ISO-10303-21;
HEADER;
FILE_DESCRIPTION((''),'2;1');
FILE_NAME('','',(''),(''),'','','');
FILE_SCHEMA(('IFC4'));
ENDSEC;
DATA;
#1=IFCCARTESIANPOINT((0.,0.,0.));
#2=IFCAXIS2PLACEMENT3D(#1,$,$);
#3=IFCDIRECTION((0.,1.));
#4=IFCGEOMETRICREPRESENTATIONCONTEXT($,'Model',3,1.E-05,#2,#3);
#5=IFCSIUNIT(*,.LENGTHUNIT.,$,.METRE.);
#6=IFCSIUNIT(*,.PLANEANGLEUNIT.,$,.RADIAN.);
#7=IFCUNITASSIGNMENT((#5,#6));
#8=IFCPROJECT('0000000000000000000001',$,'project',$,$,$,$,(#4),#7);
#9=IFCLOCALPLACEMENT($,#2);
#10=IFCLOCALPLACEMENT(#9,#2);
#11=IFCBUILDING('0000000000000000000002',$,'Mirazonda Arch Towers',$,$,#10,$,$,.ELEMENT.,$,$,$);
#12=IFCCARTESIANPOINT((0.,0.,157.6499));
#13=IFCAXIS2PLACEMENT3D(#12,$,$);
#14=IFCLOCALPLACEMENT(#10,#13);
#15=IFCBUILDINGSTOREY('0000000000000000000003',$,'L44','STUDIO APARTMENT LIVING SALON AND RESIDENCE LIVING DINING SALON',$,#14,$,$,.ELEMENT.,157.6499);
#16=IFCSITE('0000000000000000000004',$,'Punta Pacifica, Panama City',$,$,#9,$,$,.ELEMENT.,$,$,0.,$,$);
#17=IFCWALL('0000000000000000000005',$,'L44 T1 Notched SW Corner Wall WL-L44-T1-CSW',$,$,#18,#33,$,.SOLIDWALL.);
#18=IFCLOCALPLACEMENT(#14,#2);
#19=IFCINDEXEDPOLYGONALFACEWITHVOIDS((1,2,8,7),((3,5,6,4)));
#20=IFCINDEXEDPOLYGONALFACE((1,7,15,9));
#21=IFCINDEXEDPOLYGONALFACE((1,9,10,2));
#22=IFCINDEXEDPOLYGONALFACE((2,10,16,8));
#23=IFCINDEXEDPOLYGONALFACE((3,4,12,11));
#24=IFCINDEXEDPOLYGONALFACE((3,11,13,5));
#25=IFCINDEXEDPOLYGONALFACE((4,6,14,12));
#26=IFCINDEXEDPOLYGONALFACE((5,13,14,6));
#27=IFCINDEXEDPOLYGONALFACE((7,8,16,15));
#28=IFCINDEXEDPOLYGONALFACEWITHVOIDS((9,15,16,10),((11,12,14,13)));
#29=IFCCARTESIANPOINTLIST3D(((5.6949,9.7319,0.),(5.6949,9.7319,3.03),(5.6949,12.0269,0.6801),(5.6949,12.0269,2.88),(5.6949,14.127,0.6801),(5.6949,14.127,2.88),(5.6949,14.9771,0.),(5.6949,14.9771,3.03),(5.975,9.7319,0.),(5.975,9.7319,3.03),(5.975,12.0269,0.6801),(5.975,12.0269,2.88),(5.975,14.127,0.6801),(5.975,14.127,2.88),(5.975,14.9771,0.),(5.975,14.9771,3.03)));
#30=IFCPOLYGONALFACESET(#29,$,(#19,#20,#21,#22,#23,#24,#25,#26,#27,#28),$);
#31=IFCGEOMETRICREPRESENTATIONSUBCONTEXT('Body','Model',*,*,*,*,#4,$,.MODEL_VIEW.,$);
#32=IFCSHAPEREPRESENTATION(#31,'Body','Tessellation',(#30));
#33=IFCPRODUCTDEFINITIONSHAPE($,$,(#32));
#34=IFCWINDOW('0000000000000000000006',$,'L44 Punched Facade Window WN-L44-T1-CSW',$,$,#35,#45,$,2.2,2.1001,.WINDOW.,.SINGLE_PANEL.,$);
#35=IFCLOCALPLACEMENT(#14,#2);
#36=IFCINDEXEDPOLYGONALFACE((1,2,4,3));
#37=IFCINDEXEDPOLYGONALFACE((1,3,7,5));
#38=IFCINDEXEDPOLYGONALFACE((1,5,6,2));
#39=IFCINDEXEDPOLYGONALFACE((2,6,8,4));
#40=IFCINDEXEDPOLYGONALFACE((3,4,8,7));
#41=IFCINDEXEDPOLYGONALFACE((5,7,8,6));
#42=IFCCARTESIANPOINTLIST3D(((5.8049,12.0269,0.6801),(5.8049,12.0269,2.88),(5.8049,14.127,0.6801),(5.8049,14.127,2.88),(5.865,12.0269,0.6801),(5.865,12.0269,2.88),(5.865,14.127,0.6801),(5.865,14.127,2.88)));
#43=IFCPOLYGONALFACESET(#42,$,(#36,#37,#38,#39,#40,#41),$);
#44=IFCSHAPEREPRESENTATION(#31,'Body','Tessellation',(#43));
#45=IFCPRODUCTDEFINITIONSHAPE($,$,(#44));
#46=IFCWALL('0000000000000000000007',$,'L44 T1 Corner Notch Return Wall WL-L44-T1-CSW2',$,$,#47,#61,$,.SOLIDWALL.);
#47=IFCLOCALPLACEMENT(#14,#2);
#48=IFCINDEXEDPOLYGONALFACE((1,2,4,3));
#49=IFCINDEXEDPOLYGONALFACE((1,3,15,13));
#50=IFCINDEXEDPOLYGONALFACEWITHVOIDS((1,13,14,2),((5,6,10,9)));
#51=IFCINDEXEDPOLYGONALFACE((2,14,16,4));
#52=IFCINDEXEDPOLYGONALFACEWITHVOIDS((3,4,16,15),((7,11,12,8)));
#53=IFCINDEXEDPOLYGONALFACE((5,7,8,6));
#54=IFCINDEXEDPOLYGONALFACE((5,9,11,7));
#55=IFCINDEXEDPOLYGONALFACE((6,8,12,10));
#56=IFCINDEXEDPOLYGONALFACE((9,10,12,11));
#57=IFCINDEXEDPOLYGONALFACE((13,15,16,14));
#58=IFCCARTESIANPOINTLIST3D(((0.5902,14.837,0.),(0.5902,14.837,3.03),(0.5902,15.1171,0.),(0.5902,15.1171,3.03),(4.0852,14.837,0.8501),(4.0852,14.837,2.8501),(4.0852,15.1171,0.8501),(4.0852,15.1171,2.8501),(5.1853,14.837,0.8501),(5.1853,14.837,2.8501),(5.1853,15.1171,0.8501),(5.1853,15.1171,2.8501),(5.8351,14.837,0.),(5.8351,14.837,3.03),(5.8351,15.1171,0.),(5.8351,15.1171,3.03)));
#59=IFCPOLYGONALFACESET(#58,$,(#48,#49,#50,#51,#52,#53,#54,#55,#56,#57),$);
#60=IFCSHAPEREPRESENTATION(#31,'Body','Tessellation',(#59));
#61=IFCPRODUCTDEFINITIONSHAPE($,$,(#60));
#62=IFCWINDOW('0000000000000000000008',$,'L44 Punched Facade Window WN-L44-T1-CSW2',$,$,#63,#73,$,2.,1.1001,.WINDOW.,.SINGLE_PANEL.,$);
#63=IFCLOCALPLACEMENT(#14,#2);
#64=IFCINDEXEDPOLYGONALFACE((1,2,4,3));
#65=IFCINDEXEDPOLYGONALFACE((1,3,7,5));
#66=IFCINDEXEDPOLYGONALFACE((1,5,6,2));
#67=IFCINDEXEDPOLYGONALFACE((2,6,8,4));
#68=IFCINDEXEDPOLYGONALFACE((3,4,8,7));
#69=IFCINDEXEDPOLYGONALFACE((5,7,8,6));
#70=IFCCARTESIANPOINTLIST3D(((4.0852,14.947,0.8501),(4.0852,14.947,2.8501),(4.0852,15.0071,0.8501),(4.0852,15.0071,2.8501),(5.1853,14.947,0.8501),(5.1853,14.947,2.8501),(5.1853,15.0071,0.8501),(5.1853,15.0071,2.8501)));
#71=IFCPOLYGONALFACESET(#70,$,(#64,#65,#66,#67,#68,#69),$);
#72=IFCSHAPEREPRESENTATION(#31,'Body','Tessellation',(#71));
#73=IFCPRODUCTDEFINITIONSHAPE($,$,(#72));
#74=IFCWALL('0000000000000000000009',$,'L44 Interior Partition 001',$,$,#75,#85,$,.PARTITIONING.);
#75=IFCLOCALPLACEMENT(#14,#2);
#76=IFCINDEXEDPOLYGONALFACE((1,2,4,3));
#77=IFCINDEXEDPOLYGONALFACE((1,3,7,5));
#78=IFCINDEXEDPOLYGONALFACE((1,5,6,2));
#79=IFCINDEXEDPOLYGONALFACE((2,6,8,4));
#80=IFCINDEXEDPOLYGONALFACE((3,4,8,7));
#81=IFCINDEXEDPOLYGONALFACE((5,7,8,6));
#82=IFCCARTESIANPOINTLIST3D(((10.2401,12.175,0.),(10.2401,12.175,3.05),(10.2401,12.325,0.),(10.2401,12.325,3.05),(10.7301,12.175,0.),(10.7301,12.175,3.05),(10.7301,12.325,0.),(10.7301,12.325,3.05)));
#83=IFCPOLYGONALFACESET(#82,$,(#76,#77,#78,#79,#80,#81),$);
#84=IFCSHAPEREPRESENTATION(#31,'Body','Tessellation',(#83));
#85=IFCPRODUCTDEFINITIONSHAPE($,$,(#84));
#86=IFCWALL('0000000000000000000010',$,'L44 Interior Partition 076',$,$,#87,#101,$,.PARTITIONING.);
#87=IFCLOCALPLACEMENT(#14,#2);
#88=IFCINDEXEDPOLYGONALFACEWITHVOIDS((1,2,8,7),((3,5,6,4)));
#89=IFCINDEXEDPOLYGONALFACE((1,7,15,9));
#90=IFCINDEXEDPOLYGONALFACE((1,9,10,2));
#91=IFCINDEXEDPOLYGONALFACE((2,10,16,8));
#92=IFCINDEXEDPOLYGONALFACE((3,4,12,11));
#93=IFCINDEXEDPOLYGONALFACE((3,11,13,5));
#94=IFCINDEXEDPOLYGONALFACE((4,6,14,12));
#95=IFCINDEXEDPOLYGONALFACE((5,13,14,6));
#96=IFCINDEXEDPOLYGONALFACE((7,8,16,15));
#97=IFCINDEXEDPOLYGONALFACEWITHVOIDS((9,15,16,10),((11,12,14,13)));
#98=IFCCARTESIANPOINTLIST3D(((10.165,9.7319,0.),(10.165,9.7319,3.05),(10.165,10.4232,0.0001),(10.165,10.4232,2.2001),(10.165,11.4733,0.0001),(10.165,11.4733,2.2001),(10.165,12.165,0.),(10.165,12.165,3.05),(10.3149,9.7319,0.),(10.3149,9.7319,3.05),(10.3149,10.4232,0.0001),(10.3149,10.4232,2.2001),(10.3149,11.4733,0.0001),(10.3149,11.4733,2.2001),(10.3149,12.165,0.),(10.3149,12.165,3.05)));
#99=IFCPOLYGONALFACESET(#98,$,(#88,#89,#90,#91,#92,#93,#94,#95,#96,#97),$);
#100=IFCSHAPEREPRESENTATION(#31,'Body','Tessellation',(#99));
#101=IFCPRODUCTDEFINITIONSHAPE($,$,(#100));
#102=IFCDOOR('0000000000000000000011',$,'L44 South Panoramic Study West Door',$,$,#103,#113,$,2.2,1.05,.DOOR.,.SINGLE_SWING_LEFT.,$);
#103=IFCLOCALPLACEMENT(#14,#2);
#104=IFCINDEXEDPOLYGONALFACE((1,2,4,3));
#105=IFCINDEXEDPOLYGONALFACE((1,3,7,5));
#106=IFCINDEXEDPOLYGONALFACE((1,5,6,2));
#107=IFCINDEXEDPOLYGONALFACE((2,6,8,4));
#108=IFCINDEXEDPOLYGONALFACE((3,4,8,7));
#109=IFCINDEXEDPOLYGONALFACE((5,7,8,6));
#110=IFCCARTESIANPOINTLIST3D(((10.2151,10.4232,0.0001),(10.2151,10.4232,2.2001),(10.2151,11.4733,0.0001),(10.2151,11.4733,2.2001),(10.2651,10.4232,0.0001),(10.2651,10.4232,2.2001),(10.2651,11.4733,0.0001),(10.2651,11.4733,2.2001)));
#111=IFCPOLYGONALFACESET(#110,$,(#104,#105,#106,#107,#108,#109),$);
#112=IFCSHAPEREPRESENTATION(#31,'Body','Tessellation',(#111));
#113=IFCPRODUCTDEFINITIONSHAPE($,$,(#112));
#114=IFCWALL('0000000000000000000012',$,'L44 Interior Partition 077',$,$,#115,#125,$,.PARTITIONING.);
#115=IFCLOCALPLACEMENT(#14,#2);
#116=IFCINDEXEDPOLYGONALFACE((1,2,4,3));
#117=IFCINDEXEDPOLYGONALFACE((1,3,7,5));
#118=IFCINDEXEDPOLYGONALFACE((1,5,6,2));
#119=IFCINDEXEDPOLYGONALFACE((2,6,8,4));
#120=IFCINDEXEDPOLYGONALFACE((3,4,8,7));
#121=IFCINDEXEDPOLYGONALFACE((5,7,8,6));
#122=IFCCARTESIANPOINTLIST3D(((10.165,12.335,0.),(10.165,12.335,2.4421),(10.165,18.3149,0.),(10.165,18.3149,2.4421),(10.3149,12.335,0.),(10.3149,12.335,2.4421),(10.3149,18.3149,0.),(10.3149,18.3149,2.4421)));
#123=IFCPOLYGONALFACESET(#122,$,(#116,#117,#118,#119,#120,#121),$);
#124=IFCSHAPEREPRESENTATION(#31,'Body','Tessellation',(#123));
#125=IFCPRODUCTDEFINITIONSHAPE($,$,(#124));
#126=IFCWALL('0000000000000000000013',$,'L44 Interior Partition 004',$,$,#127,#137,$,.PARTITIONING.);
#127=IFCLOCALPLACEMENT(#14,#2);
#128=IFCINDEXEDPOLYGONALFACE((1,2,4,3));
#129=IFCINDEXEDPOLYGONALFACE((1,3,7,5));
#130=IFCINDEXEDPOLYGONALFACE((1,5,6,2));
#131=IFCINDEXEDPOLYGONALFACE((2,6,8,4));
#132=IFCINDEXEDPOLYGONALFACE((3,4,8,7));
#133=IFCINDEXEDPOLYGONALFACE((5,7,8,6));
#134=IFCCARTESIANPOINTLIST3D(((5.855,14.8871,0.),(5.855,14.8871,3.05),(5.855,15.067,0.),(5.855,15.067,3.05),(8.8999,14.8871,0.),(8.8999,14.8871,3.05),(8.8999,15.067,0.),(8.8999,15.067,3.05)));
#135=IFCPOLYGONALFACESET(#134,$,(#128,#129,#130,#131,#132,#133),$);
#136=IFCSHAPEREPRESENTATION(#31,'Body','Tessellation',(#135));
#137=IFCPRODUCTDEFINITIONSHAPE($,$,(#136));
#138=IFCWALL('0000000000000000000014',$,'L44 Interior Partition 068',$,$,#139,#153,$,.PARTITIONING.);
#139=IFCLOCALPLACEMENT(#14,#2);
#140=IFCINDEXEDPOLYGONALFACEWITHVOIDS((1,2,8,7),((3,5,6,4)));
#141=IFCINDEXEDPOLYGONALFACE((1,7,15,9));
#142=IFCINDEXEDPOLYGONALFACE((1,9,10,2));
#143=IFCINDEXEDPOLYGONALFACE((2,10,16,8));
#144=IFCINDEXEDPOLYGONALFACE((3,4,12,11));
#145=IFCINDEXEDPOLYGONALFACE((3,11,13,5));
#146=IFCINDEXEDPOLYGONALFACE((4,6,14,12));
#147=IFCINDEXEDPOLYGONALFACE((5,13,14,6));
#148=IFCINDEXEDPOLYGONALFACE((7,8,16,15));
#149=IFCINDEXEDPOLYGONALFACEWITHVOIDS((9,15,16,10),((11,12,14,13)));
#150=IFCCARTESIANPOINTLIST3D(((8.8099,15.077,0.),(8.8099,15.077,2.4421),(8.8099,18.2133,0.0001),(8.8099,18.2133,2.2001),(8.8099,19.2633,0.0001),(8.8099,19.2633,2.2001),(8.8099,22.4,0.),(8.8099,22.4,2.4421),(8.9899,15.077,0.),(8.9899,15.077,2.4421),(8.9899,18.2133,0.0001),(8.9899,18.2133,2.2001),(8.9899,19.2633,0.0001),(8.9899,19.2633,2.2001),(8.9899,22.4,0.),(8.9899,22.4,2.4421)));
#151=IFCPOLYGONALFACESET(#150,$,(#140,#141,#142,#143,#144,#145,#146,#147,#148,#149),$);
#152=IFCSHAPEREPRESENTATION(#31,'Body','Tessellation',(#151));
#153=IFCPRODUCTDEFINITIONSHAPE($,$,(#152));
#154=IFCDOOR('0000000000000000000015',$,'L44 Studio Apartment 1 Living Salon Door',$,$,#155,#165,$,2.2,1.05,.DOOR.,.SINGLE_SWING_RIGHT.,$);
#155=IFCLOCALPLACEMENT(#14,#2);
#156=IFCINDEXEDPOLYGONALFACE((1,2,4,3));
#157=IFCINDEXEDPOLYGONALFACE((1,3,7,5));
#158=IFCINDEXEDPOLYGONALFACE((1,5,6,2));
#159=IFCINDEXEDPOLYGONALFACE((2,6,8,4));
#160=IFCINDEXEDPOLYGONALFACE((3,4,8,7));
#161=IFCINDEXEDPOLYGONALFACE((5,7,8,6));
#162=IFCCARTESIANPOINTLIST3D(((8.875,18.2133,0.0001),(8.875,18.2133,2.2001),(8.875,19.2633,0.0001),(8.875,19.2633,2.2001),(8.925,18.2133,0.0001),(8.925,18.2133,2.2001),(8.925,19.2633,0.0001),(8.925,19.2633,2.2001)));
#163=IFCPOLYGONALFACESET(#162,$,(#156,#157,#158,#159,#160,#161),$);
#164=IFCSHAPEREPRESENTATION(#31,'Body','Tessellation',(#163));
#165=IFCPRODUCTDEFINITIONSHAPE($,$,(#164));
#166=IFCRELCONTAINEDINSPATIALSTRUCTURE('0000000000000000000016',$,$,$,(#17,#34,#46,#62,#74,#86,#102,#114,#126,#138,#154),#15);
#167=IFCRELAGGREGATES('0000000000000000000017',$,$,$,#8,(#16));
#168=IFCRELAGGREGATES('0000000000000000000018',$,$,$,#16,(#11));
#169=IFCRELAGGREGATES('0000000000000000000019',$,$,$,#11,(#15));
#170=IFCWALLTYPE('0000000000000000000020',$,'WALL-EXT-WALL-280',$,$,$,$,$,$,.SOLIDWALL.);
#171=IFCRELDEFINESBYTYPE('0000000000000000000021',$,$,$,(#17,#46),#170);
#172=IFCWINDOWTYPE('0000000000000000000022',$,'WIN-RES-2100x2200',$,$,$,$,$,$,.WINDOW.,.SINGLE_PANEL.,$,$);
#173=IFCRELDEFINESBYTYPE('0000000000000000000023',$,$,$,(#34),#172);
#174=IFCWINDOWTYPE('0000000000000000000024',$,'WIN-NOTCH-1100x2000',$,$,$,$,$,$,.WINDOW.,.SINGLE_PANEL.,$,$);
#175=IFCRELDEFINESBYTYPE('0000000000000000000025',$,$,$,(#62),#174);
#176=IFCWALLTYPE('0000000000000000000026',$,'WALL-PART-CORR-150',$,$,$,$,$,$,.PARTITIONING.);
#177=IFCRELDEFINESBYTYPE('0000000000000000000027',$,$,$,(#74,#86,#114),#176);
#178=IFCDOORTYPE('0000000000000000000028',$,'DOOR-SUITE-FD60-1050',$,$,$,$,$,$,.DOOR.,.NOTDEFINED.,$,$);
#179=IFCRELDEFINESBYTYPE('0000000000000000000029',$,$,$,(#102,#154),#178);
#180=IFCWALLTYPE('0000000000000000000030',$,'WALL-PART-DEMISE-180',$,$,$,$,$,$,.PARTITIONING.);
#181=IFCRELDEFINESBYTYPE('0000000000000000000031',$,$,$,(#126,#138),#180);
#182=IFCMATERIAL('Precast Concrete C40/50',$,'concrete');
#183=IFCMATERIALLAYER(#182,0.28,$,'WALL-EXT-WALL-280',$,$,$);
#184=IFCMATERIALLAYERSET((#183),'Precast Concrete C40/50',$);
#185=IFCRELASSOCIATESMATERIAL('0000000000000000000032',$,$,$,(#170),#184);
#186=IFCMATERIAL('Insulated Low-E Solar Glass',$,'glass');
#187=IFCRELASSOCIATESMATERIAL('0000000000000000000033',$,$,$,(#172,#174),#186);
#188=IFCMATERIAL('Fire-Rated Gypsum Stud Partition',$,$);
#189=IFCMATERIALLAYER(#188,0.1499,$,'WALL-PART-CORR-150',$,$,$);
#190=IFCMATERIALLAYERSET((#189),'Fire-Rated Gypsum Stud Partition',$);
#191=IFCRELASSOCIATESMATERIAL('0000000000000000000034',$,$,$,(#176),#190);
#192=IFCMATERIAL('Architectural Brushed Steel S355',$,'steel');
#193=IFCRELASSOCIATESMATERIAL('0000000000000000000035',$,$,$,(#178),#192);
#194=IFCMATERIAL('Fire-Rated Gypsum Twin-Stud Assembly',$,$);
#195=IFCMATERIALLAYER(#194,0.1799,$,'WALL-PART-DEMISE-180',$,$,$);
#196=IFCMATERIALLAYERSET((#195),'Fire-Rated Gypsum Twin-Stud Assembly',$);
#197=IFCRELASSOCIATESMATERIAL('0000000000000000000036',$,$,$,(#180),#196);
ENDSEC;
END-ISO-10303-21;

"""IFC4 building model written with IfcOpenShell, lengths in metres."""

from ifc_helpers import new_model, si_unit, direction, frame, frame_2d, origin, place, context, subcontext, project, spatial, rectangle, extrude, material, layer, layer_set, type_object, element, fill, save


model = new_model("IFC4")

# Units and contexts
model_context = context("Model", 3, precision=1e-05, world=origin(), true_north=direction((0.0, 1.0)))
body_context = subcontext(model_context, "Body", "Model", "MODEL_VIEW")
ifc_project = project(units=[si_unit("LENGTHUNIT", "METRE"), si_unit("PLANEANGLEUNIT", "RADIAN")], contexts=[model_context])

# Site, building, storey
site_placement = place(None, origin())
site = spatial("IfcSite", under=ifc_project, at=site_placement, Name="Punta Pacifica, Panama City", CompositionType="ELEMENT", RefElevation=0.0)
building_placement = place(site_placement, origin())
building = spatial("IfcBuilding", under=site, at=building_placement, Name="Mirazonda Arch Towers", CompositionType="ELEMENT")
storey_placement = place(building_placement, frame((0.0, 0.0, 157.6499)))
storey = spatial("IfcBuildingStorey", under=building, at=storey_placement, Name="L44", Description="STUDIO APARTMENT LIVING SALON AND RESIDENCE LIVING DINING SALON", CompositionType="ELEMENT", Elevation=157.6499)

# Shared definitions
ifc_material_1 = material(Name="Insulated Low-E Solar Glass", Category="glass")

# Walls, openings, windows
ifc_material_2 = material(Name="Precast Concrete C40/50", Category="concrete")
ifc_layer_1 = layer(ifc_material_2, 0.28, Name="WALL-EXT-WALL-280")
ifc_layer_set_1 = layer_set([ifc_layer_1], Name="Precast Concrete C40/50")
wall_type_1 = type_object("IfcWallType", Name="WALL-EXT-WALL-280", PredefinedType="SOLIDWALL", material=ifc_layer_set_1)
wall_1_placement = place(storey_placement, frame((5.835, 14.9771, 0.0), z_axis=(0.0, 0.0, 1.0), x_axis=(0.0, -1.0, 0.0)))
wall_1 = element("IfcWall", 1, at=wall_1_placement, inside=storey, type_object=wall_type_1, Name="L44 T1 Notched SW Corner Wall WL-L44-T1-CSW", PredefinedType="SOLIDWALL", context=body_context, shape_type="SweptSolid", body=[
    extrude(rectangle(XDim=5.2451, YDim=0.28, at=frame_2d((2.6226, 0.0))), origin(), (0.0, 0.0, 1.0), 3.03),
])
opening_1_placement = place(wall_1_placement, frame((0.8501, 0.0, 0.6799)))
opening_1 = element("IfcOpeningElement", 2, at=opening_1_placement, cuts=wall_1, PredefinedType="OPENING", context=body_context, shape_type="SweptSolid", body=[
    extrude(rectangle(XDim=2.1001, YDim=2.2, at=frame_2d((1.05, 1.1001))), frame((0.0, 0.1499, 0.0), z_axis=(0.0, -1.0, 0.0), x_axis=(1.0, 0.0, 0.0)), (0.0, 0.0, 1.0), 0.3),
])
window_type_1 = type_object("IfcWindowType", Name="WIN-RES-2100x2200", PartitioningType="SINGLE_PANEL", PredefinedType="WINDOW", material=ifc_material_1)
window_1_placement = place(opening_1_placement, origin())
window_1 = element("IfcWindow", 3, at=window_1_placement, inside=storey, type_object=window_type_1, Name="L44 Punched Facade Window WN-L44-T1-CSW", OverallHeight=2.2, OverallWidth=2.1001, PartitioningType="SINGLE_PANEL", PredefinedType="WINDOW", context=body_context, shape_type="SweptSolid", body=[
    extrude(rectangle(XDim=2.1001, YDim=2.2, at=frame_2d((1.05, 1.1001))), frame((0.0, 0.03, 0.0), z_axis=(0.0, -1.0, 0.0), x_axis=(1.0, 0.0, 0.0)), (0.0, 0.0, 1.0), 0.0601),
])
fill(opening_1, window_1)
wall_2_placement = place(storey_placement, frame((0.5901, 14.9771, 0.0), z_axis=(0.0, 0.0, 1.0), x_axis=(1.0, 0.0, 0.0)))
wall_2 = element("IfcWall", 4, at=wall_2_placement, inside=storey, type_object=wall_type_1, Name="L44 T1 Corner Notch Return Wall WL-L44-T1-CSW2", PredefinedType="SOLIDWALL", context=body_context, shape_type="SweptSolid", body=[
    extrude(rectangle(XDim=5.2449, YDim=0.28, at=frame_2d((2.6226, 0.0))), origin(), (0.0, 0.0, 1.0), 3.03),
])
opening_2_placement = place(wall_2_placement, frame((3.4951, 0.0, 0.8501)))
opening_2 = element("IfcOpeningElement", 5, at=opening_2_placement, cuts=wall_2, PredefinedType="OPENING", context=body_context, shape_type="SweptSolid", body=[
    extrude(rectangle(XDim=1.1001, YDim=2.0, at=frame_2d((0.55, 1.0))), frame((0.0, 0.1499, 0.0), z_axis=(0.0, -1.0, 0.0), x_axis=(1.0, 0.0, 0.0)), (0.0, 0.0, 1.0), 0.3),
])
window_type_2 = type_object("IfcWindowType", Name="WIN-NOTCH-1100x2000", PartitioningType="SINGLE_PANEL", PredefinedType="WINDOW", material=ifc_material_1)
window_2_placement = place(opening_2_placement, origin())
window_2 = element("IfcWindow", 6, at=window_2_placement, inside=storey, type_object=window_type_2, Name="L44 Punched Facade Window WN-L44-T1-CSW2", OverallHeight=2.0, OverallWidth=1.1001, PartitioningType="SINGLE_PANEL", PredefinedType="WINDOW", context=body_context, shape_type="SweptSolid", body=[
    extrude(rectangle(XDim=1.1001, YDim=2.0, at=frame_2d((0.55, 1.0))), frame((0.0, 0.03, 0.0), z_axis=(0.0, -1.0, 0.0), x_axis=(1.0, 0.0, 0.0)), (0.0, 0.0, 1.0), 0.0601),
])
fill(opening_2, window_2)

# Wall
ifc_material_3 = material(Name="Fire-Rated Gypsum Stud Partition")
ifc_layer_2 = layer(ifc_material_3, 0.1499, Name="WALL-PART-CORR-150")
ifc_layer_set_2 = layer_set([ifc_layer_2], Name="Fire-Rated Gypsum Stud Partition")
wall_type_2 = type_object("IfcWallType", Name="WALL-PART-CORR-150", PredefinedType="PARTITIONING", material=ifc_layer_set_2)
wall_3_placement = place(storey_placement, frame((10.24, 12.25, 0.0), z_axis=(0.0, 0.0, 1.0), x_axis=(1.0, 0.0, 0.0)))
element("IfcWall", 7, at=wall_3_placement, inside=storey, type_object=wall_type_2, Name="L44 Interior Partition 001", PredefinedType="PARTITIONING", context=body_context, shape_type="SweptSolid", body=[
    extrude(rectangle(XDim=0.49, YDim=0.1499, at=frame_2d((0.2451, 0.0))), origin(), (0.0, 0.0, 1.0), 3.05),
])

# Wall, opening, door
wall_4_placement = place(storey_placement, frame((10.24, 9.7319, 0.0), z_axis=(0.0, 0.0, 1.0), x_axis=(0.0, 1.0, 0.0)))
wall_4 = element("IfcWall", 8, at=wall_4_placement, inside=storey, type_object=wall_type_2, Name="L44 Interior Partition 076", PredefinedType="PARTITIONING", context=body_context, shape_type="SweptSolid", body=[
    extrude(rectangle(XDim=2.4331, YDim=0.1499, at=frame_2d((1.2166, 0.0))), origin(), (0.0, 0.0, 1.0), 3.05),
])
opening_3_placement = place(wall_4_placement, frame((0.6914, 0.0, 0.0)))
opening_3 = element("IfcOpeningElement", 9, at=opening_3_placement, cuts=wall_4, PredefinedType="OPENING", context=body_context, shape_type="SweptSolid", body=[
    extrude(rectangle(XDim=1.05, YDim=2.2, at=frame_2d((0.5249, 1.1001))), frame((0.0, 0.085, 0.0), z_axis=(0.0, -1.0, 0.0), x_axis=(1.0, 0.0, 0.0)), (0.0, 0.0, 1.0), 0.1699),
])
ifc_material_4 = material(Name="Architectural Brushed Steel S355", Category="steel")
door_type_1 = type_object("IfcDoorType", Name="DOOR-SUITE-FD60-1050", OperationType="NOTDEFINED", PredefinedType="DOOR", material=ifc_material_4)
door_1_placement = place(opening_3_placement, origin())
door_1 = element("IfcDoor", 10, at=door_1_placement, inside=storey, type_object=door_type_1, Name="L44 South Panoramic Study West Door", OperationType="SINGLE_SWING_LEFT", OverallHeight=2.2, OverallWidth=1.05, PredefinedType="DOOR", context=body_context, shape_type="SweptSolid", body=[
    extrude(rectangle(XDim=1.05, YDim=2.2, at=frame_2d((0.5249, 1.1001))), frame((0.0, 0.0249, 0.0), z_axis=(0.0, -1.0, 0.0), x_axis=(1.0, 0.0, 0.0)), (0.0, 0.0, 1.0), 0.05),
])
fill(opening_3, door_1)

# Walls
wall_5_placement = place(storey_placement, frame((10.24, 12.335, 0.0), z_axis=(0.0, 0.0, 1.0), x_axis=(0.0, 1.0, 0.0)))
element("IfcWall", 11, at=wall_5_placement, inside=storey, type_object=wall_type_2, Name="L44 Interior Partition 077", PredefinedType="PARTITIONING", context=body_context, shape_type="SweptSolid", body=[
    extrude(rectangle(XDim=5.98, YDim=0.1499, at=frame_2d((2.99, 0.0))), origin(), (0.0, 0.0, 1.0), 2.4421),
])
ifc_material_5 = material(Name="Fire-Rated Gypsum Twin-Stud Assembly")
ifc_layer_3 = layer(ifc_material_5, 0.1799, Name="WALL-PART-DEMISE-180")
ifc_layer_set_3 = layer_set([ifc_layer_3], Name="Fire-Rated Gypsum Twin-Stud Assembly")
wall_type_3 = type_object("IfcWallType", Name="WALL-PART-DEMISE-180", PredefinedType="PARTITIONING", material=ifc_layer_set_3)
wall_6_placement = place(storey_placement, frame((5.855, 14.9771, 0.0), z_axis=(0.0, 0.0, 1.0), x_axis=(1.0, 0.0, 0.0)))
element("IfcWall", 12, at=wall_6_placement, inside=storey, type_object=wall_type_3, Name="L44 Interior Partition 004", PredefinedType="PARTITIONING", context=body_context, shape_type="SweptSolid", body=[
    extrude(rectangle(XDim=3.0449, YDim=0.1799, at=frame_2d((1.5225, 0.0))), origin(), (0.0, 0.0, 1.0), 3.05),
])

# Wall, opening, door
wall_7_placement = place(storey_placement, frame((8.8999, 15.0769, 0.0), z_axis=(0.0, 0.0, 1.0), x_axis=(0.0, 1.0, 0.0)))
wall_7 = element("IfcWall", 13, at=wall_7_placement, inside=storey, type_object=wall_type_3, Name="L44 Interior Partition 068", PredefinedType="PARTITIONING", context=body_context, shape_type="SweptSolid", body=[
    extrude(rectangle(XDim=7.323, YDim=0.1799, at=frame_2d((3.6616, 0.0))), origin(), (0.0, 0.0, 1.0), 2.4421),
])
opening_4_placement = place(wall_7_placement, frame((3.1365, 0.0, 0.0)))
opening_4 = element("IfcOpeningElement", 14, at=opening_4_placement, cuts=wall_7, PredefinedType="OPENING", context=body_context, shape_type="SweptSolid", body=[
    extrude(rectangle(XDim=1.05, YDim=2.2, at=frame_2d((0.5249, 1.1001))), frame((0.0, 0.0999, 0.0), z_axis=(0.0, -1.0, 0.0), x_axis=(1.0, 0.0, 0.0)), (0.0, 0.0, 1.0), 0.2),
])
door_2_placement = place(opening_4_placement, origin())
door_2 = element("IfcDoor", 15, at=door_2_placement, inside=storey, type_object=door_type_1, Name="L44 Studio Apartment 1 Living Salon Door", OperationType="SINGLE_SWING_RIGHT", OverallHeight=2.2, OverallWidth=1.05, PredefinedType="DOOR", context=body_context, shape_type="SweptSolid", body=[
    extrude(rectangle(XDim=1.05, YDim=2.2, at=frame_2d((0.5249, 1.1001))), frame((0.0, 0.0249, 0.0), z_axis=(0.0, -1.0, 0.0), x_axis=(1.0, 0.0, 0.0)), (0.0, 0.0, 1.0), 0.05),
])
fill(opening_4, door_2)

save(model, "model.ifc")
